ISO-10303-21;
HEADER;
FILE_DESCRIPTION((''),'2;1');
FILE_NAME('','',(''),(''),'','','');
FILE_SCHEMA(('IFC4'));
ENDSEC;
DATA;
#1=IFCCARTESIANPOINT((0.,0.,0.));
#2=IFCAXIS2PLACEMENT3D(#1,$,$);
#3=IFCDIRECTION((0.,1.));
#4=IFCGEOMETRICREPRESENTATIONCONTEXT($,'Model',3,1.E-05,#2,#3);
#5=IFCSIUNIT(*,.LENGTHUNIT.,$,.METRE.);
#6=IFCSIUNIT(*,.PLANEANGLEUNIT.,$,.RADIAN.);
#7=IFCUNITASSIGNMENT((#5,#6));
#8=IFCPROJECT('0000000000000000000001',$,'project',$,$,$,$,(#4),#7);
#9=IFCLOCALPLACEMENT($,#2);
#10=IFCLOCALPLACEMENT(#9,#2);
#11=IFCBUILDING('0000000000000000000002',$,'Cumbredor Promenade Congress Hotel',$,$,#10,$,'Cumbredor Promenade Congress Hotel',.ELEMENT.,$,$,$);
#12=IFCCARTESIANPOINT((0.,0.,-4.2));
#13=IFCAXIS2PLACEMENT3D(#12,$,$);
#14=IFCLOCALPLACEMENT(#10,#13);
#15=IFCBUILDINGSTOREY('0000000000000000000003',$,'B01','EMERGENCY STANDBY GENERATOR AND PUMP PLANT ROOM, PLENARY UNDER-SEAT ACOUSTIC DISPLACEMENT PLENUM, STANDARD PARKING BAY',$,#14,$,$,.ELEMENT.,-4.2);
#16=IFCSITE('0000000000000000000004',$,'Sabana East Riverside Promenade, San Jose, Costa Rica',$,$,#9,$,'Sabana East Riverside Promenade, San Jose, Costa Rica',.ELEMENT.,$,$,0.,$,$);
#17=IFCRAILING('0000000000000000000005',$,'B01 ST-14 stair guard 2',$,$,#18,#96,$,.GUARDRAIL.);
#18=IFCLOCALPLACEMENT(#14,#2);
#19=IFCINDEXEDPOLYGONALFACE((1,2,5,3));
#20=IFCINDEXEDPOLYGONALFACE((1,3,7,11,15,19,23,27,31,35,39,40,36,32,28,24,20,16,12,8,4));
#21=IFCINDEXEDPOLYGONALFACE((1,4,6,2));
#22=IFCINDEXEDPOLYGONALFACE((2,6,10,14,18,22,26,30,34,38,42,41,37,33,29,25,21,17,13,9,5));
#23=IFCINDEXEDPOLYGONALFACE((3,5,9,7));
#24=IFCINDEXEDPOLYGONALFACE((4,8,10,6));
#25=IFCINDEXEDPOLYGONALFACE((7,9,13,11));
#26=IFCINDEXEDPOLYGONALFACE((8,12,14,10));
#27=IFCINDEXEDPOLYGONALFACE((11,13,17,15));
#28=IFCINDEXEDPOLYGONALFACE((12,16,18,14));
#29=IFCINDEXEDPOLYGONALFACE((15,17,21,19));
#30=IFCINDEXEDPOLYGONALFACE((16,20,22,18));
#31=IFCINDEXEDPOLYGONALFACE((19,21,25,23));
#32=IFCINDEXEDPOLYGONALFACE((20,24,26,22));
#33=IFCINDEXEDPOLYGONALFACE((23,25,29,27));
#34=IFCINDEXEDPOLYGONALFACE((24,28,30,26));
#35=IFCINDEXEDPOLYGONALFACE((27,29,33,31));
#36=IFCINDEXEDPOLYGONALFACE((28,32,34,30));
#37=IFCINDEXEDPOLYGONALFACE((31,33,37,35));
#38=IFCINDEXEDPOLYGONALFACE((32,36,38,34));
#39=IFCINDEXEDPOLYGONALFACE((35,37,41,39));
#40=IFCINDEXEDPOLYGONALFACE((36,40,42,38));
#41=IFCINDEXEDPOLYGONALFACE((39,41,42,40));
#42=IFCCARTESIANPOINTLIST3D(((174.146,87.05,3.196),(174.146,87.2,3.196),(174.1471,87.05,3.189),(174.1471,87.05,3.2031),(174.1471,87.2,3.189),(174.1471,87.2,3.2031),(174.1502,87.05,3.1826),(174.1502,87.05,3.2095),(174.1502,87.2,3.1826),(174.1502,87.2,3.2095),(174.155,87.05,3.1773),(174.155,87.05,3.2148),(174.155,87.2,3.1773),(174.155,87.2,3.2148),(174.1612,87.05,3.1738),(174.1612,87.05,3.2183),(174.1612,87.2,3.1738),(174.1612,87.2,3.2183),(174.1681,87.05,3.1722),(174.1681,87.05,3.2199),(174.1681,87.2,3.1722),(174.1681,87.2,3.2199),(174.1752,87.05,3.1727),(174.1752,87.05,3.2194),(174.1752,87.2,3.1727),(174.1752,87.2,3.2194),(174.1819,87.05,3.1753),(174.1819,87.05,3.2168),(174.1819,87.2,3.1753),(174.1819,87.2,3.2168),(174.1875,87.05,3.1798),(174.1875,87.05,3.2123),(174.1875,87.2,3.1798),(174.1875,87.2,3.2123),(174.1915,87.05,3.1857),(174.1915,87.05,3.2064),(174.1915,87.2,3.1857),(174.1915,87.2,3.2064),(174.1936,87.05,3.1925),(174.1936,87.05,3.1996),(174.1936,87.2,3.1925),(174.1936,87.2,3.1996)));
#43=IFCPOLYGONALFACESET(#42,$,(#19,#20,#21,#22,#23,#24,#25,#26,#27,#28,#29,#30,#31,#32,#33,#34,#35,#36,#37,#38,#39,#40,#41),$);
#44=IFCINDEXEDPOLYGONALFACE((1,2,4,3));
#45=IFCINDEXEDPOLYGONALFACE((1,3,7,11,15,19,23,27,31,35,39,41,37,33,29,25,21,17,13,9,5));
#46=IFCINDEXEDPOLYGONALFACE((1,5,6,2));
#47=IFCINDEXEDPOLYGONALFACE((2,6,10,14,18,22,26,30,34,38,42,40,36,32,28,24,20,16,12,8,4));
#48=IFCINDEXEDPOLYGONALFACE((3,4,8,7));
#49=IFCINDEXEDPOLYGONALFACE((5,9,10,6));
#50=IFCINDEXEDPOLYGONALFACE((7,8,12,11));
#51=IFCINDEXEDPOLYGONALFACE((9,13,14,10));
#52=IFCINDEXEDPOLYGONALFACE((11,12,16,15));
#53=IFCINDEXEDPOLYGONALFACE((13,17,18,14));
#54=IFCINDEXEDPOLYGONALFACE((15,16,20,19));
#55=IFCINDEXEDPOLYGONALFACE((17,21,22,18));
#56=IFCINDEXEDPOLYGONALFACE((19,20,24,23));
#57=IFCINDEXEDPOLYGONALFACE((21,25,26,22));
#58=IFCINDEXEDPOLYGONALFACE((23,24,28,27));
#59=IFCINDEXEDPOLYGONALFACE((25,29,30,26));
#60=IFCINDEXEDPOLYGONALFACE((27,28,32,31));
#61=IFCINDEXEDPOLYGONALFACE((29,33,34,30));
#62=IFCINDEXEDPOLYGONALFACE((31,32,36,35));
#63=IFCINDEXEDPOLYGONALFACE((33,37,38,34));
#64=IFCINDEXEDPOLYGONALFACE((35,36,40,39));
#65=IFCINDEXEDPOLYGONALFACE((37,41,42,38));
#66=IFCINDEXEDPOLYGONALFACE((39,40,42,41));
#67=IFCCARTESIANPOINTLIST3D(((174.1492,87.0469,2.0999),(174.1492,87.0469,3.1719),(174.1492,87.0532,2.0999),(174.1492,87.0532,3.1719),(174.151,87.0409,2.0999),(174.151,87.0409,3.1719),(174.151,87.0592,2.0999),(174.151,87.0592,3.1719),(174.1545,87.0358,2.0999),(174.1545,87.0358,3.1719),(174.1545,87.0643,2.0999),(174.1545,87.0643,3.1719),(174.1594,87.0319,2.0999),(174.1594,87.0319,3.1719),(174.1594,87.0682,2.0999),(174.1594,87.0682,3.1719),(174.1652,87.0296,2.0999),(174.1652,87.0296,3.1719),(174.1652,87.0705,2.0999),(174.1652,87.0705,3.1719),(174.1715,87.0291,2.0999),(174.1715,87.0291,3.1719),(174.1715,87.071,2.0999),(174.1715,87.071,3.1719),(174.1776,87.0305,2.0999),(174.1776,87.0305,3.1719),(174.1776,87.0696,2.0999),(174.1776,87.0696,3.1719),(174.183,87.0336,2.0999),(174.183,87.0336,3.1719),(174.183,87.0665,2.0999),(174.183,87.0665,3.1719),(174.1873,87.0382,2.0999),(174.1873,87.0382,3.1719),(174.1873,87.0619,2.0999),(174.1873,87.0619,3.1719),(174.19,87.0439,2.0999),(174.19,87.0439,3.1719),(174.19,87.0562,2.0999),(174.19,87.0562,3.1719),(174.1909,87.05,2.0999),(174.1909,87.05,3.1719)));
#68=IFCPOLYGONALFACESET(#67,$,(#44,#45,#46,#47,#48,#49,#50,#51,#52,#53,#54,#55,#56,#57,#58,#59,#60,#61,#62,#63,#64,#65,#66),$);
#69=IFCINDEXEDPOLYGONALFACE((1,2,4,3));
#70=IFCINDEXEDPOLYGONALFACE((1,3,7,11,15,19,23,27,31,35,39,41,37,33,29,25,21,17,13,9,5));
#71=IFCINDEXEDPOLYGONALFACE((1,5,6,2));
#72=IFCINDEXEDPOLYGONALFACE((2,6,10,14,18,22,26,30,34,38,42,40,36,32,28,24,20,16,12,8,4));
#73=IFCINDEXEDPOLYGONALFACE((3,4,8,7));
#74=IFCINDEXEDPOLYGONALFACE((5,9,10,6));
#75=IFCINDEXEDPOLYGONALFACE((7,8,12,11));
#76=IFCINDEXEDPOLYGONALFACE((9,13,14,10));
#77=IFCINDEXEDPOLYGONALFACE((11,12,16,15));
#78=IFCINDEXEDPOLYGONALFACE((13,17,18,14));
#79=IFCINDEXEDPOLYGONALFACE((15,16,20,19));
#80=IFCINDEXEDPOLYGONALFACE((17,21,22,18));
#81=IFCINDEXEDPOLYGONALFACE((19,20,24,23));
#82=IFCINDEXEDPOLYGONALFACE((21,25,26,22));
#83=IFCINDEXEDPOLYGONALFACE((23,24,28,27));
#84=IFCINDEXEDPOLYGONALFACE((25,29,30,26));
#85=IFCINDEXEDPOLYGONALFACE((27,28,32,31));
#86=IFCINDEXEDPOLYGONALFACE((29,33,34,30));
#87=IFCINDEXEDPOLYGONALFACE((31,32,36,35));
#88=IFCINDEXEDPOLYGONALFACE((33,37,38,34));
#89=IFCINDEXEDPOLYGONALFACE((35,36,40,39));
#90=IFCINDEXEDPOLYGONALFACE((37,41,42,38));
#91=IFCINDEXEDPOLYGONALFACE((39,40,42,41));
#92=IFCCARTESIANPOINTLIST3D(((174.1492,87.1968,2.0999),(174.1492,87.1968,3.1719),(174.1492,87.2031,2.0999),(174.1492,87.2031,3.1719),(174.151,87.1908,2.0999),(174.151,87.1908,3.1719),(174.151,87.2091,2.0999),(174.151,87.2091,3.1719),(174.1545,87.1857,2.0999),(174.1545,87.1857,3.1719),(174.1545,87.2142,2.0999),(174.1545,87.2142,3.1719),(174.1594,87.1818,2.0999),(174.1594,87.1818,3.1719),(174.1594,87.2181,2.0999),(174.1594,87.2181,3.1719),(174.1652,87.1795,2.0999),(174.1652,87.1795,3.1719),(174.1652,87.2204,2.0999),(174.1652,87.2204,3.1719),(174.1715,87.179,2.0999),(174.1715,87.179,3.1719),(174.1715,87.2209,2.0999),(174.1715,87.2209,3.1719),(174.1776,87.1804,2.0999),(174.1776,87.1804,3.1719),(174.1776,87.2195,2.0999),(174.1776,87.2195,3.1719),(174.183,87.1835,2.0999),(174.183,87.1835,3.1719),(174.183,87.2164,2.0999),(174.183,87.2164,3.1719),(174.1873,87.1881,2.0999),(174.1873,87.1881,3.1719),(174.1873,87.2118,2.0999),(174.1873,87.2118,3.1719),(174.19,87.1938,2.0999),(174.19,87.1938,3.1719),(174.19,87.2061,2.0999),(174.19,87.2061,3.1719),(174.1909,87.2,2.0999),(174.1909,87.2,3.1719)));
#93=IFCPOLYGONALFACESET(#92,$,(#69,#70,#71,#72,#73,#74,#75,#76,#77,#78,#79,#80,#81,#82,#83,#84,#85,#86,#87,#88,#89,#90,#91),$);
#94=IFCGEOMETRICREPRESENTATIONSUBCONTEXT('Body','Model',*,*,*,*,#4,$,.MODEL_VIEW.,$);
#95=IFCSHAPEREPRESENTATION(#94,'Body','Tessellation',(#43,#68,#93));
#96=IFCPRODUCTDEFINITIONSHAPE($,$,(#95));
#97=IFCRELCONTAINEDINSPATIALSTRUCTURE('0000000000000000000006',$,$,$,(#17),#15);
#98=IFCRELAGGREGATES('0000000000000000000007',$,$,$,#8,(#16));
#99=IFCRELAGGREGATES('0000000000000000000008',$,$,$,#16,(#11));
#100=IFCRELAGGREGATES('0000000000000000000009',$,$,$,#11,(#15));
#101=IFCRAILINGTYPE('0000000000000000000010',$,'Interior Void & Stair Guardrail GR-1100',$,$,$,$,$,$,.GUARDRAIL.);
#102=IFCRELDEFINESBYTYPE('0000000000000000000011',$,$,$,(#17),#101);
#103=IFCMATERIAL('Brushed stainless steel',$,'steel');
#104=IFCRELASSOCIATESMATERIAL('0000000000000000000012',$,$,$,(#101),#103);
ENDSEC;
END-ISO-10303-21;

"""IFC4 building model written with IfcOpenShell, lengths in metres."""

from ifc_helpers import new_model, si_unit, direction, frame, origin, origin_2d, place, context, subcontext, project, spatial, circle, extrude, material, type_object, element, save


model = new_model("IFC4")

# Units and contexts
model_context = context("Model", 3, precision=1e-05, world=origin(), true_north=direction((0.0, 1.0)))
body_context = subcontext(model_context, "Body", "Model", "MODEL_VIEW")
ifc_project = project(units=[si_unit("LENGTHUNIT", "METRE"), si_unit("PLANEANGLEUNIT", "RADIAN")], contexts=[model_context])

# Site, building, storey
site_placement = place(None, origin())
site = spatial("IfcSite", under=ifc_project, at=site_placement, Name="Sabana East Riverside Promenade, San Jose, Costa Rica", LongName="Sabana East Riverside Promenade, San Jose, Costa Rica", CompositionType="ELEMENT", RefElevation=0.0)
building_placement = place(site_placement, origin())
building = spatial("IfcBuilding", under=site, at=building_placement, Name="Cumbredor Promenade Congress Hotel", LongName="Cumbredor Promenade Congress Hotel", CompositionType="ELEMENT")
storey_placement = place(building_placement, frame((0.0, 0.0, -4.2)))
storey = spatial("IfcBuildingStorey", under=building, at=storey_placement, Name="B01", Description="EMERGENCY STANDBY GENERATOR AND PUMP PLANT ROOM, PLENARY UNDER-SEAT ACOUSTIC DISPLACEMENT PLENUM, STANDARD PARKING BAY", CompositionType="ELEMENT", Elevation=-4.2)

# Railing
ifc_material_1 = material(Name="Brushed stainless steel", Category="steel")
railing_type_1 = type_object("IfcRailingType", Name="Interior Void & Stair Guardrail GR-1100", PredefinedType="GUARDRAIL", material=ifc_material_1)
railing_1_placement = place(storey_placement, frame((174.1699, 87.05, 2.0999)))
element("IfcRailing", 1, at=railing_1_placement, inside=storey, type_object=railing_type_1, Name="B01 ST-14 stair guard 2", PredefinedType="GUARDRAIL", context=body_context, shape_type="SweptSolid", body=[
    extrude(circle(Radius=0.0239, at=origin_2d()), frame((0.0, 0.0, 1.0962), z_axis=(0.0, 1.0, 0.0), x_axis=(-1.0, 0.0, 0.0)), (0.0, 0.0, 1.0), 0.1499),
    extrude(circle(Radius=0.021, at=origin_2d()), origin(), (0.0, 0.0, 1.0), 1.072),
    extrude(circle(Radius=0.021, at=origin_2d()), frame((0.0, 0.1499, 0.0)), (0.0, 0.0, 1.0), 1.072),
])

save(model, "model.ifc")
